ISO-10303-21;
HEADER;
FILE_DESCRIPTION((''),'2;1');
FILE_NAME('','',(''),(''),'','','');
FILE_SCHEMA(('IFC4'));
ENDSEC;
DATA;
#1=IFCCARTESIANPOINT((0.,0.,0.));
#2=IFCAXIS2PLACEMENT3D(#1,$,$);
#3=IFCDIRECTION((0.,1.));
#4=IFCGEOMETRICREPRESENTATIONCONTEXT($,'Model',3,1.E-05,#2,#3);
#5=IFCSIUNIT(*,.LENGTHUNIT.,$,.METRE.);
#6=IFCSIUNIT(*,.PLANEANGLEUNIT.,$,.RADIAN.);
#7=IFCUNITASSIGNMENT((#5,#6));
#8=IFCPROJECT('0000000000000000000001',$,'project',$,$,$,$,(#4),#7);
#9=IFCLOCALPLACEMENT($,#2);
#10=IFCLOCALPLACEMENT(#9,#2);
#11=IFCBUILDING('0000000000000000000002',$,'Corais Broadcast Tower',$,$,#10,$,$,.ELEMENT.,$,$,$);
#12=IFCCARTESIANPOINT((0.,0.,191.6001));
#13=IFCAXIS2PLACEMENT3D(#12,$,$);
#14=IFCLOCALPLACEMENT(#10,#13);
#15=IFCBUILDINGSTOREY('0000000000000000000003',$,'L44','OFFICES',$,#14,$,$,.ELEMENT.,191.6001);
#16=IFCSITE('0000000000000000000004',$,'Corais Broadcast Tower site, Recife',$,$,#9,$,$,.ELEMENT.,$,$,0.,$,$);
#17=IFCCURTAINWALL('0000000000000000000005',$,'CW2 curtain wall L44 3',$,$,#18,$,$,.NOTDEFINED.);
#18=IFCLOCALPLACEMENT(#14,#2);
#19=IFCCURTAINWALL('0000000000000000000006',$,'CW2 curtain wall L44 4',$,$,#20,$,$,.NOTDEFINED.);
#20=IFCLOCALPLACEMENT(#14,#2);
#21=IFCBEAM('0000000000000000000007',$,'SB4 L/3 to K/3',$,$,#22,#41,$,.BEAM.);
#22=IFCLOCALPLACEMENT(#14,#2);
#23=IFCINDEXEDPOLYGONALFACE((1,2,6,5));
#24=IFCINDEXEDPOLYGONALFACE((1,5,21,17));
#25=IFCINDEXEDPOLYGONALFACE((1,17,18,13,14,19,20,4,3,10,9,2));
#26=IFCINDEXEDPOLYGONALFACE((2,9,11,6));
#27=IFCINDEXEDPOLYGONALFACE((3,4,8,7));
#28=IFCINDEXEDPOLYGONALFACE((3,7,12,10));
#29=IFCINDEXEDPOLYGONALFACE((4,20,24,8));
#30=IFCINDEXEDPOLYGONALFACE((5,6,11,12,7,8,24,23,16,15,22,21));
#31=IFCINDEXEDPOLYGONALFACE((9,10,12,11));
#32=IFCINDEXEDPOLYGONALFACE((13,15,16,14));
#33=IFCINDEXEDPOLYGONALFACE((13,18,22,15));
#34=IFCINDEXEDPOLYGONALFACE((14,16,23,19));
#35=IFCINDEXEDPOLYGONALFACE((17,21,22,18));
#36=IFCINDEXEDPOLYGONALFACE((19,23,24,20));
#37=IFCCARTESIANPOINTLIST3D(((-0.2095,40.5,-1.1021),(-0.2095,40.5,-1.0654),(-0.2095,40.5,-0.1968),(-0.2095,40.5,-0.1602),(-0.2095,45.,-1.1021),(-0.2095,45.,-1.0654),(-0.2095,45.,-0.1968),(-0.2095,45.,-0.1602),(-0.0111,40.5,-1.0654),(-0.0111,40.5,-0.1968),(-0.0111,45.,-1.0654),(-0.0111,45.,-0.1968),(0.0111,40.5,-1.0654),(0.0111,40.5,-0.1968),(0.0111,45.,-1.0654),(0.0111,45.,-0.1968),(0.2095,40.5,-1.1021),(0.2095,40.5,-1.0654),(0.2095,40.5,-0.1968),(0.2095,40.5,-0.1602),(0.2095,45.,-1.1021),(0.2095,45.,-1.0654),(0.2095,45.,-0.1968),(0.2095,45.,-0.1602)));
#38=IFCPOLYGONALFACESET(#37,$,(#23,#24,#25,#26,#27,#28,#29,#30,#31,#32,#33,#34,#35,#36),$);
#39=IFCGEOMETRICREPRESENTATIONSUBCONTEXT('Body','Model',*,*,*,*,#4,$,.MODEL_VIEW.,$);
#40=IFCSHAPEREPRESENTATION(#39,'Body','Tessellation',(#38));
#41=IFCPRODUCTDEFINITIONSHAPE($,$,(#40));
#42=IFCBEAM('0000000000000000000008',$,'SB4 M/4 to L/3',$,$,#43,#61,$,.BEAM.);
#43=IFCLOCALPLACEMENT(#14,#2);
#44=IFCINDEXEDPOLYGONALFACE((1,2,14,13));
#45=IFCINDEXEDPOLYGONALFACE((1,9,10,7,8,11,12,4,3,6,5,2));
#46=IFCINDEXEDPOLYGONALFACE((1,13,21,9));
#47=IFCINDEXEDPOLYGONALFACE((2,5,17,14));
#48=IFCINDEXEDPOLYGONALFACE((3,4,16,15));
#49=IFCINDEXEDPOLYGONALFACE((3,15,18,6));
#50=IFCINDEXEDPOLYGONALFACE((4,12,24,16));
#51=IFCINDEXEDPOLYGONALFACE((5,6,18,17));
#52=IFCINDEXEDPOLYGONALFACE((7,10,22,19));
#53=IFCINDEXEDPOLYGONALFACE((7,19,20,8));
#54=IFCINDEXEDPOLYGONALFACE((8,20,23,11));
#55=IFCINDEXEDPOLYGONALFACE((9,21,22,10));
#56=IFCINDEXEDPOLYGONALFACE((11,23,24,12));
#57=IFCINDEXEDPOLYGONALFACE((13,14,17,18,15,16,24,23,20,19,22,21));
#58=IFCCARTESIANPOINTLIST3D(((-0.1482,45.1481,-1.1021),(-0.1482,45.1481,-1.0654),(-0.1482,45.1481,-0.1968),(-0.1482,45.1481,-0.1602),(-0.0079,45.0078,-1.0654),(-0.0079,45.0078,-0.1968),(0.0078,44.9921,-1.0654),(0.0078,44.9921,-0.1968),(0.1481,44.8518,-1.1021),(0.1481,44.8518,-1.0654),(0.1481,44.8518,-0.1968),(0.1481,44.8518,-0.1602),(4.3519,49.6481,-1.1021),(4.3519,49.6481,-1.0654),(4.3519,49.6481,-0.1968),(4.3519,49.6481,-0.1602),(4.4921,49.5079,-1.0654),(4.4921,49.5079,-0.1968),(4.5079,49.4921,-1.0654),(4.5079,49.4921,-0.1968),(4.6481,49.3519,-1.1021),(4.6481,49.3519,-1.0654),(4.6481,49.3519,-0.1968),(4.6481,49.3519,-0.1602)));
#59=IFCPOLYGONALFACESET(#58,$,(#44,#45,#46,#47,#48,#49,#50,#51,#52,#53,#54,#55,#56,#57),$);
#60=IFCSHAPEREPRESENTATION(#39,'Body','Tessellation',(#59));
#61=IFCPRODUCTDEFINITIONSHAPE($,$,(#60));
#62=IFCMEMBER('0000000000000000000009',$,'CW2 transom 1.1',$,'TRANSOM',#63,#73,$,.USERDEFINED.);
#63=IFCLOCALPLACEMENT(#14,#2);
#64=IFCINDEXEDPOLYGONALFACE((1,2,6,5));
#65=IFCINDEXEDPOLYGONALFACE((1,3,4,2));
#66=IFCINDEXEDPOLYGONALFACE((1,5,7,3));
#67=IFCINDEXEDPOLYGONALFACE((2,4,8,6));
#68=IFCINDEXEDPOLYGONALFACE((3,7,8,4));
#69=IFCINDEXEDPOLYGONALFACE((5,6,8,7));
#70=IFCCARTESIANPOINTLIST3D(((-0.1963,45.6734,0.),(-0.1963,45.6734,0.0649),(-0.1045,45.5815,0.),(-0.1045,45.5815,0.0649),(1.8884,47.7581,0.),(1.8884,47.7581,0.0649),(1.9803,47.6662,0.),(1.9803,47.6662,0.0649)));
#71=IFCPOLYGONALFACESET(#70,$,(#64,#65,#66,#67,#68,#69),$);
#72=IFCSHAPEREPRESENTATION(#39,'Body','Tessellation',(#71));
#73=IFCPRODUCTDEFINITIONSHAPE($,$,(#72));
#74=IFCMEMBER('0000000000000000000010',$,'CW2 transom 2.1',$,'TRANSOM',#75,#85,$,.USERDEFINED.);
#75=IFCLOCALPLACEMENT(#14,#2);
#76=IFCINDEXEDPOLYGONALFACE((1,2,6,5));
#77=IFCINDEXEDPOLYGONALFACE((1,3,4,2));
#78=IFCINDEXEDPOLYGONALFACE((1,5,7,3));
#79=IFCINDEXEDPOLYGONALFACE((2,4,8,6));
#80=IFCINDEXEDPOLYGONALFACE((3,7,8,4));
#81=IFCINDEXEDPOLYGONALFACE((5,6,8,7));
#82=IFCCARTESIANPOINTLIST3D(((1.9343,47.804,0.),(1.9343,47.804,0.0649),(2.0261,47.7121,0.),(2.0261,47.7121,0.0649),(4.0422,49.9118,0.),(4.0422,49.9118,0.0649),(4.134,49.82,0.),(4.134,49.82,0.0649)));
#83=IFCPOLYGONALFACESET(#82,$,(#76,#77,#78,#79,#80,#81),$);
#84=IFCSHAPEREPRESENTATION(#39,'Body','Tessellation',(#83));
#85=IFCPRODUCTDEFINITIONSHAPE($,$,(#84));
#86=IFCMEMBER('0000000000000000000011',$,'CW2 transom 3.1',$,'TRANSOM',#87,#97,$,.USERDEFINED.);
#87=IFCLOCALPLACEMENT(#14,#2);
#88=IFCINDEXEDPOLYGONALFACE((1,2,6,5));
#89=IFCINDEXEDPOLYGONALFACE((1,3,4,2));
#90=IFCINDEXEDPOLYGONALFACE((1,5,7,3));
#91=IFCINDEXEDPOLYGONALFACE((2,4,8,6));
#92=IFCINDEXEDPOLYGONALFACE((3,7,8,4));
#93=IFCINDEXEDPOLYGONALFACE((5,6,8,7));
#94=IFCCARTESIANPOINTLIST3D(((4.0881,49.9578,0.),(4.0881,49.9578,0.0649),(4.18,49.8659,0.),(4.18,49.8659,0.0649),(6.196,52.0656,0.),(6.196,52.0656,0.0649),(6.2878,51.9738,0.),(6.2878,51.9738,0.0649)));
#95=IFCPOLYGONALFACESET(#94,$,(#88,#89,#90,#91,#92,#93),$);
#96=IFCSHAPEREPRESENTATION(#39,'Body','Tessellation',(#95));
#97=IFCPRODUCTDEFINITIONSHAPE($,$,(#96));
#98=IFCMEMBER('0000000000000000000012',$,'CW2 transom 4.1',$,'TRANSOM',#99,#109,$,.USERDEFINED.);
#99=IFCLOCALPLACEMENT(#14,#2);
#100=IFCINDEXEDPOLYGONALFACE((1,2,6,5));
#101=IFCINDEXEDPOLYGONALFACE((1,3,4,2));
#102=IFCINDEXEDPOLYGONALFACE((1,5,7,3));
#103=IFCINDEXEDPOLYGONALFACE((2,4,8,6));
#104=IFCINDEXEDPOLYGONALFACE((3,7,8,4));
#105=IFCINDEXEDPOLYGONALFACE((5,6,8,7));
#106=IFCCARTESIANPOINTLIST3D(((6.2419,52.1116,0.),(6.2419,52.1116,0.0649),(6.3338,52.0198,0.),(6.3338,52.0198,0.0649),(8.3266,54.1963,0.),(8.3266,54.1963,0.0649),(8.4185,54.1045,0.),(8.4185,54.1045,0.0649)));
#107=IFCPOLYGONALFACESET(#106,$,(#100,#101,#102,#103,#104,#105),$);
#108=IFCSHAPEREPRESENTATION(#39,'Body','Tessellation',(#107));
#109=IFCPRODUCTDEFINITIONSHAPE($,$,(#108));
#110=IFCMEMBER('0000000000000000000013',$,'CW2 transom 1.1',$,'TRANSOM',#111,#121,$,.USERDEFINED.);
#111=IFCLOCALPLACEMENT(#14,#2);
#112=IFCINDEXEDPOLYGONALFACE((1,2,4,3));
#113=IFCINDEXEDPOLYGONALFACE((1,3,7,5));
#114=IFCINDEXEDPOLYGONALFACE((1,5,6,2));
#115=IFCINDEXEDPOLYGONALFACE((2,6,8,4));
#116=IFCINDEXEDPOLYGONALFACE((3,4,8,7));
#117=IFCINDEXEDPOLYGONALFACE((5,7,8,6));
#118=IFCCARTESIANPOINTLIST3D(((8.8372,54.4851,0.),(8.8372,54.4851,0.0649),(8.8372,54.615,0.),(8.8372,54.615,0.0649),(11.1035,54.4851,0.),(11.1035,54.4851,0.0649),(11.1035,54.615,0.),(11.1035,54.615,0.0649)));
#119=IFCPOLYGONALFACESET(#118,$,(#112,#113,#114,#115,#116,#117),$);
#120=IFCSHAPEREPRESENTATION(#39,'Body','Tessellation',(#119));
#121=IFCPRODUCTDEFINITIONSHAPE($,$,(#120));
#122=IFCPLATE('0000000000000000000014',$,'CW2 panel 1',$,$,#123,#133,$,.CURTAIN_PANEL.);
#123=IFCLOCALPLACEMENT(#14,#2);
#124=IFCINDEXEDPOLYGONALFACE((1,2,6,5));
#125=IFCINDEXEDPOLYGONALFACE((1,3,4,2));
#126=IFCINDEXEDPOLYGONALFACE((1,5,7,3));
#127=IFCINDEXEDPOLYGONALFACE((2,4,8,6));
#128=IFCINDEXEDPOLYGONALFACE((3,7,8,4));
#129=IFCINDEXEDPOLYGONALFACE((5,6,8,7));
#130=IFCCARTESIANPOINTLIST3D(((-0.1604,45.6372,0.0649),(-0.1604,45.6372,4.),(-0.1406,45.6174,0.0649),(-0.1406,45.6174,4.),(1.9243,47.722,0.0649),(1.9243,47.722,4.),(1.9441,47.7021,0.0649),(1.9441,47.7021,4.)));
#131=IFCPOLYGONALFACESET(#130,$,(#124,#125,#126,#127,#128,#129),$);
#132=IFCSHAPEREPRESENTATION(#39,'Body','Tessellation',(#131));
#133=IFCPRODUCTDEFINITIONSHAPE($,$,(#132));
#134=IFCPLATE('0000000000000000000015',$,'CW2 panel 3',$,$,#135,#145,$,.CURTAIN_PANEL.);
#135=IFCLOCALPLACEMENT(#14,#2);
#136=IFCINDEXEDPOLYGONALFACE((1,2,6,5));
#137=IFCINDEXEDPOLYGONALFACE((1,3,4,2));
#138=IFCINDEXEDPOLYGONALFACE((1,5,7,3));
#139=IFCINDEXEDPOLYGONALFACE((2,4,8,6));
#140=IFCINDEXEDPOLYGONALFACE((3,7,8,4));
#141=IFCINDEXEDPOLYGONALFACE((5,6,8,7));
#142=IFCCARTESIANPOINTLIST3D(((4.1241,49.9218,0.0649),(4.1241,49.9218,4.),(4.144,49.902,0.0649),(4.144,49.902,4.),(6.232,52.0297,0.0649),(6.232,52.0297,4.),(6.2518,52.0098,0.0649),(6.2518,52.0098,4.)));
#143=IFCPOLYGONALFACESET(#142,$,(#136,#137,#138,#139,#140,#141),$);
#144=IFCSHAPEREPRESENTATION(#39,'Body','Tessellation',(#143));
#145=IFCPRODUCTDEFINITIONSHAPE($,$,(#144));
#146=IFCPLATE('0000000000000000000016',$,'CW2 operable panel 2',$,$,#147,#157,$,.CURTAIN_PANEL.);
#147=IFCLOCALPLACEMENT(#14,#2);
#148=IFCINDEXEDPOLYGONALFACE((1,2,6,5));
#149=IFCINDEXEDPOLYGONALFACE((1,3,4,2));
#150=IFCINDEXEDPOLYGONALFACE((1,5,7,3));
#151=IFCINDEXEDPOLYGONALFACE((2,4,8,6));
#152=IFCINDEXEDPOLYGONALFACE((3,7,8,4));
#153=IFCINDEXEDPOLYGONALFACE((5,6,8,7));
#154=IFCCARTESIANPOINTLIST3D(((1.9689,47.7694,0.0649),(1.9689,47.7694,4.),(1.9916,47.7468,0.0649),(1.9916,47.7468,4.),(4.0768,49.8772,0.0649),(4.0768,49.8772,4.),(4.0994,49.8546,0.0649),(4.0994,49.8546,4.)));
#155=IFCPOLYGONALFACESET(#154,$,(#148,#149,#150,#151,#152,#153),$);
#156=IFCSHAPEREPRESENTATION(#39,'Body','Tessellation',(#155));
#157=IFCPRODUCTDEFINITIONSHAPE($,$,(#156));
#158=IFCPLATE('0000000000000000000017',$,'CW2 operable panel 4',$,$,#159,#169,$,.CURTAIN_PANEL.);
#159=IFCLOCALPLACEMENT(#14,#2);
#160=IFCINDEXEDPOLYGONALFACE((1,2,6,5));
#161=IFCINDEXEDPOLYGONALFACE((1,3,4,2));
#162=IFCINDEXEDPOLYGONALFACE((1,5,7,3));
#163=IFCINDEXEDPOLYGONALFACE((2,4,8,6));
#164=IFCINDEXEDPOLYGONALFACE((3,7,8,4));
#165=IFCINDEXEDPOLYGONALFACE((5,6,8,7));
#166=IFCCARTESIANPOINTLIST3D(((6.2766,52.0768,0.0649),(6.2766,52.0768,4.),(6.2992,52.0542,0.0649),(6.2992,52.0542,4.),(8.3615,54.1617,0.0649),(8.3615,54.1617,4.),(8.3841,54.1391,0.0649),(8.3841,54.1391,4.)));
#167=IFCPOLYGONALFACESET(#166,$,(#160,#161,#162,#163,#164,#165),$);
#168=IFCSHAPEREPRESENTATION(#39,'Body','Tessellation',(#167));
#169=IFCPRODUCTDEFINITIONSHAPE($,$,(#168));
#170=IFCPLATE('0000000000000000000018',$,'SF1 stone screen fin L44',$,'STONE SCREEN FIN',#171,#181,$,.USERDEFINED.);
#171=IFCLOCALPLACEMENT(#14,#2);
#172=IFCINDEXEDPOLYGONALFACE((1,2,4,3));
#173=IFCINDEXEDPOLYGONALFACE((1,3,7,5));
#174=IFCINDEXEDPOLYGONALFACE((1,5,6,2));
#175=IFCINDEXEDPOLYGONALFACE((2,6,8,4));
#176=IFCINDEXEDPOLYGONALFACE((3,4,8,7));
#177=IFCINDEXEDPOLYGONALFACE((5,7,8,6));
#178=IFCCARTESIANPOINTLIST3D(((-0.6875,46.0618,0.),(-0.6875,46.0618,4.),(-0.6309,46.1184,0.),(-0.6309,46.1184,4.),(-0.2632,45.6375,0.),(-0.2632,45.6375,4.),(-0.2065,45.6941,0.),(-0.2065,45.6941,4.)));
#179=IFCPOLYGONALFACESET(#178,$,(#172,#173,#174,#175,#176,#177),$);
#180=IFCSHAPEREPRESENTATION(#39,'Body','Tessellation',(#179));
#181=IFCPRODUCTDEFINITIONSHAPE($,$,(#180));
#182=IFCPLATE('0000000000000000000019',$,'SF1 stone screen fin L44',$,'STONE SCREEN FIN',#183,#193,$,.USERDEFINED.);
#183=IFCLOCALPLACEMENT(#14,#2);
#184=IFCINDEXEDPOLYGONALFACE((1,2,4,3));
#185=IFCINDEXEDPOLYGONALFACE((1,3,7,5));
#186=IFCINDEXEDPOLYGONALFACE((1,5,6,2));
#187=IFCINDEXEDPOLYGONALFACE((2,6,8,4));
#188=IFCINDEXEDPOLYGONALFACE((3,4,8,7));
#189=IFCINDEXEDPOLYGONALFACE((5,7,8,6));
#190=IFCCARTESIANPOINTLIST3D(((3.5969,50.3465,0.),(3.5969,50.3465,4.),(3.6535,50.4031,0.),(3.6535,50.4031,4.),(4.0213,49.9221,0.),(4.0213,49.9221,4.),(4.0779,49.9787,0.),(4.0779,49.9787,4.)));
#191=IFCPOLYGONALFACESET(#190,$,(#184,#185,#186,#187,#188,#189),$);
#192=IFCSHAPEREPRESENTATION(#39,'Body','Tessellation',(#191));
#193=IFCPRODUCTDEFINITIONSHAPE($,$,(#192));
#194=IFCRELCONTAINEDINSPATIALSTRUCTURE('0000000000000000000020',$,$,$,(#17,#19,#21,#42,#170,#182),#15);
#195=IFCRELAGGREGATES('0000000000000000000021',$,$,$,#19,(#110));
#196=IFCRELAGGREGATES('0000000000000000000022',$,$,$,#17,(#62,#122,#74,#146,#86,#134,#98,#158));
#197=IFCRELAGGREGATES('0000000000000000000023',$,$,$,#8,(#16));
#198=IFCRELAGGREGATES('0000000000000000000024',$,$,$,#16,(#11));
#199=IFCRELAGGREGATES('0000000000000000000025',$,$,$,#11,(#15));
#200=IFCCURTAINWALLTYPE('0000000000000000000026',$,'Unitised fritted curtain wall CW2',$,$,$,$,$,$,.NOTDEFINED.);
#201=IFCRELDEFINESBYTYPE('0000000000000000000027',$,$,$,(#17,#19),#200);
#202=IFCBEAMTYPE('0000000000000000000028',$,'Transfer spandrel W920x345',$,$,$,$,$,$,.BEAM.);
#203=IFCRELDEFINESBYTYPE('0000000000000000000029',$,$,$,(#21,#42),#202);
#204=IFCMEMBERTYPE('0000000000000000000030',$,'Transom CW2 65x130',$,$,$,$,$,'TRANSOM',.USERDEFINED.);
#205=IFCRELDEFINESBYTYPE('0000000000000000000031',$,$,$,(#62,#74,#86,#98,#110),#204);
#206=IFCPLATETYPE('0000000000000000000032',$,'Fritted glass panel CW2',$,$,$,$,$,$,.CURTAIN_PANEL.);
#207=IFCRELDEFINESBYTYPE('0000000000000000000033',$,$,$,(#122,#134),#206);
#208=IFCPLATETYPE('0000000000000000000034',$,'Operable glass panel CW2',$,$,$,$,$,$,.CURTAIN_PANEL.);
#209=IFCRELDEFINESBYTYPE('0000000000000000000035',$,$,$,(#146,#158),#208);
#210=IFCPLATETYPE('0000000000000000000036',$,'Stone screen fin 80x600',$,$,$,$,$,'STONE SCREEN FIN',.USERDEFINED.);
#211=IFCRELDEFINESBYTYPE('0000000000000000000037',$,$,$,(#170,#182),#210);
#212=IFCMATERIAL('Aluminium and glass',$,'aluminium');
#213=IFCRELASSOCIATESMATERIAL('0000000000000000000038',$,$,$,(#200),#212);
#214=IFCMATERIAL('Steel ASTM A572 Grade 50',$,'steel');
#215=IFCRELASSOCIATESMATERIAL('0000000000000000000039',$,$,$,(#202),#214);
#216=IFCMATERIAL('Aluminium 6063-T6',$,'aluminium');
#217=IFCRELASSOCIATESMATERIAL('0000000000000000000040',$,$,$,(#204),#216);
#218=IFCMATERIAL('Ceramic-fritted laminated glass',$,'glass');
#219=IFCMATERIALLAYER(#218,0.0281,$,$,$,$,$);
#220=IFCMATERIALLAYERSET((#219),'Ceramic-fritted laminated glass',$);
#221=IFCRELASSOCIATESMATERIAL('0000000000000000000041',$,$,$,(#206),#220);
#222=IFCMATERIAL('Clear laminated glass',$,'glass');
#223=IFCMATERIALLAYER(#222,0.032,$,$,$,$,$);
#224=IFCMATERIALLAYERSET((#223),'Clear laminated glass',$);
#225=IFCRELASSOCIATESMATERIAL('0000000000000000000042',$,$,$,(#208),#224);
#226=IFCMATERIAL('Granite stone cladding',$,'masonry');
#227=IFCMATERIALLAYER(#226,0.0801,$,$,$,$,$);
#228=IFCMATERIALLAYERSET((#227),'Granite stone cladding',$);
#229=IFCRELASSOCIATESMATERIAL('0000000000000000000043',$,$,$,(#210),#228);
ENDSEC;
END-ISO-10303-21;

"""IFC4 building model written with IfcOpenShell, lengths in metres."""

from ifc_helpers import new_model, si_unit, direction, frame, origin, origin_2d, place, context, subcontext, project, spatial, rectangle, i_section, extrude, material, layer, layer_set, material_profile, profile_set, type_object, element, aggregate, save


model = new_model("IFC4")

# Units and contexts
model_context = context("Model", 3, precision=1e-05, world=origin(), true_north=direction((0.0, 1.0)))
body_context = subcontext(model_context, "Body", "Model", "MODEL_VIEW")
ifc_project = project(units=[si_unit("LENGTHUNIT", "METRE"), si_unit("PLANEANGLEUNIT", "RADIAN")], contexts=[model_context])

# Site, building, storey
site_placement = place(None, origin())
site = spatial("IfcSite", under=ifc_project, at=site_placement, Name="Corais Broadcast Tower site, Recife", CompositionType="ELEMENT", RefElevation=0.0)
building_placement = place(site_placement, origin())
building = spatial("IfcBuilding", under=site, at=building_placement, Name="Corais Broadcast Tower", CompositionType="ELEMENT")
storey_placement = place(building_placement, frame((0.0, 0.0, 191.6001)))
storey = spatial("IfcBuildingStorey", under=building, at=storey_placement, Name="L44", Description="OFFICES", CompositionType="ELEMENT", Elevation=191.6001)

# Shared definitions
ifc_material_1 = material(Name="Aluminium and glass", Category="aluminium")
curtain_wall_type = type_object("IfcCurtainWallType", Name="Unitised fritted curtain wall CW2", PredefinedType="NOTDEFINED", material=ifc_material_1)

# Curtain wall
curtain_wall_1_placement = place(storey_placement, origin())
curtain_wall_1 = element("IfcCurtainWall", 1, at=curtain_wall_1_placement, inside=storey, type_object=curtain_wall_type, Name="CW2 curtain wall L44 3", PredefinedType="NOTDEFINED")

# Curtain wall
curtain_wall_2_placement = place(storey_placement, origin())
curtain_wall_2 = element("IfcCurtainWall", 2, at=curtain_wall_2_placement, inside=storey, type_object=curtain_wall_type, Name="CW2 curtain wall L44 4", PredefinedType="NOTDEFINED")

# Beams
ifc_material_2 = material(Name="Steel ASTM A572 Grade 50", Category="steel")
ifc_material_profile_1 = material_profile(ifc_material_2, i_section(OverallWidth=0.4189, OverallDepth=0.9419, WebThickness=0.0222, FlangeThickness=0.0366, at=origin_2d()), Name="W920x345")
ifc_profile_set_1 = profile_set([ifc_material_profile_1], Name="Steel ASTM A572 Grade 50")
beam_type_1 = type_object("IfcBeamType", Name="Transfer spandrel W920x345", PredefinedType="BEAM", material=ifc_profile_set_1)
beam_1_placement = place(storey_placement, frame((0.0, 45.0, -0.6311), z_axis=(0.0, -1.0, 0.0), x_axis=(1.0, 0.0, 0.0)))
element("IfcBeam", 3, at=beam_1_placement, inside=storey, type_object=beam_type_1, Name="SB4 L/3 to K/3", PredefinedType="BEAM", context=body_context, shape_type="SweptSolid", body=[
    extrude(i_section(OverallWidth=0.4189, OverallDepth=0.9419, WebThickness=0.0222, FlangeThickness=0.0366, at=origin_2d()), origin(), (0.0, 0.0, 1.0), 4.5),
])
beam_2_placement = place(storey_placement, frame((4.5, 49.5, -0.6311), z_axis=(-0.707107, -0.707107, 0.0), x_axis=(0.707107, -0.707107, 0.0)))
element("IfcBeam", 4, at=beam_2_placement, inside=storey, type_object=beam_type_1, Name="SB4 M/4 to L/3", PredefinedType="BEAM", context=body_context, shape_type="SweptSolid", body=[
    extrude(i_section(OverallWidth=0.4189, OverallDepth=0.9419, WebThickness=0.0222, FlangeThickness=0.0366, at=origin_2d()), origin(), (0.0, 0.0, 1.0), 6.364),
])

# Members
ifc_material_3 = material(Name="Aluminium 6063-T6", Category="aluminium")
ifc_material_profile_2 = material_profile(ifc_material_3, rectangle(XDim=0.1299, YDim=0.0649, at=origin_2d()), Name="Transom CW2 65x130")
ifc_profile_set_2 = profile_set([ifc_material_profile_2], Name="Aluminium 6063-T6")
member_type_1 = type_object("IfcMemberType", Name="Transom CW2 65x130", ElementType="TRANSOM", PredefinedType="USERDEFINED", material=ifc_profile_set_2)
member_1_placement = place(storey_placement, frame((-0.1504, 45.6274, 0.0325), z_axis=(0.707107, 0.707107, 0.0), x_axis=(-0.707107, 0.707107, 0.0)))
member_1 = element("IfcMember", 5, at=member_1_placement, type_object=member_type_1, Name="CW2 transom 1.1", ObjectType="TRANSOM", PredefinedType="USERDEFINED", context=body_context, shape_type="SweptSolid", body=[
    extrude(rectangle(XDim=0.1299, YDim=0.0649, at=origin_2d()), origin(), (0.0, 0.0, 1.0), 2.9482),
])
member_2_placement = place(storey_placement, frame((1.9802, 47.7581, 0.0325), z_axis=(0.707107, 0.707107, 0.0), x_axis=(-0.707107, 0.707107, 0.0)))
member_2 = element("IfcMember", 6, at=member_2_placement, type_object=member_type_1, Name="CW2 transom 2.1", ObjectType="TRANSOM", PredefinedType="USERDEFINED", context=body_context, shape_type="SweptSolid", body=[
    extrude(rectangle(XDim=0.1299, YDim=0.0649, at=origin_2d()), origin(), (0.0, 0.0, 1.0), 2.981),
])
member_3_placement = place(storey_placement, frame((4.134, 49.9119, 0.0325), z_axis=(0.707107, 0.707107, 0.0), x_axis=(-0.707107, 0.707107, 0.0)))
member_3 = element("IfcMember", 7, at=member_3_placement, type_object=member_type_1, Name="CW2 transom 3.1", ObjectType="TRANSOM", PredefinedType="USERDEFINED", context=body_context, shape_type="SweptSolid", body=[
    extrude(rectangle(XDim=0.1299, YDim=0.0649, at=origin_2d()), origin(), (0.0, 0.0, 1.0), 2.981),
])
member_4_placement = place(storey_placement, frame((6.2878, 52.0657, 0.0325), z_axis=(0.707107, 0.707107, 0.0), x_axis=(-0.707107, 0.707107, 0.0)))
member_4 = element("IfcMember", 8, at=member_4_placement, type_object=member_type_1, Name="CW2 transom 4.1", ObjectType="TRANSOM", PredefinedType="USERDEFINED", context=body_context, shape_type="SweptSolid", body=[
    extrude(rectangle(XDim=0.1299, YDim=0.0649, at=origin_2d()), origin(), (0.0, 0.0, 1.0), 2.9482),
])
member_5_placement = place(storey_placement, frame((8.8372, 54.55, 0.0325), z_axis=(1.0, 0.0, 0.0), x_axis=(0.0, 1.0, 0.0)))
member_5 = element("IfcMember", 9, at=member_5_placement, type_object=member_type_1, Name="CW2 transom 1.1", ObjectType="TRANSOM", PredefinedType="USERDEFINED", context=body_context, shape_type="SweptSolid", body=[
    extrude(rectangle(XDim=0.1299, YDim=0.0649, at=origin_2d()), origin(), (0.0, 0.0, 1.0), 2.2664),
])
aggregate(curtain_wall_2, [member_5])

# Plates
ifc_material_4 = material(Name="Ceramic-fritted laminated glass", Category="glass")
ifc_layer_1 = layer(ifc_material_4, 0.0281)
ifc_layer_set_1 = layer_set([ifc_layer_1], Name="Ceramic-fritted laminated glass")
plate_type_1 = type_object("IfcPlateType", Name="Fritted glass panel CW2", PredefinedType="CURTAIN_PANEL", material=ifc_layer_set_1)
plate_1_placement = place(storey_placement, frame((0.8918, 46.6697, 0.0649), z_axis=(0.0, 0.0, 1.0), x_axis=(0.707107, 0.707107, 0.0)))
plate_1 = element("IfcPlate", 10, at=plate_1_placement, type_object=plate_type_1, Name="CW2 panel 1", PredefinedType="CURTAIN_PANEL", context=body_context, shape_type="SweptSolid", body=[
    extrude(rectangle(XDim=2.9482, YDim=0.0281, at=origin_2d()), origin(), (0.0, 0.0, 1.0), 3.9351),
])
plate_2_placement = place(storey_placement, frame((5.188, 50.9658, 0.0649), z_axis=(0.0, 0.0, 1.0), x_axis=(0.707107, 0.707107, 0.0)))
plate_2 = element("IfcPlate", 11, at=plate_2_placement, type_object=plate_type_1, Name="CW2 panel 3", PredefinedType="CURTAIN_PANEL", context=body_context, shape_type="SweptSolid", body=[
    extrude(rectangle(XDim=2.981, YDim=0.0281, at=origin_2d()), origin(), (0.0, 0.0, 1.0), 3.9351),
])
ifc_material_5 = material(Name="Clear laminated glass", Category="glass")
ifc_layer_2 = layer(ifc_material_5, 0.032)
ifc_layer_set_2 = layer_set([ifc_layer_2], Name="Clear laminated glass")
plate_type_2 = type_object("IfcPlateType", Name="Operable glass panel CW2", PredefinedType="CURTAIN_PANEL", material=ifc_layer_set_2)
plate_3_placement = place(storey_placement, frame((3.0342, 48.812, 0.0649), z_axis=(0.0, 0.0, 1.0), x_axis=(0.707107, 0.707107, 0.0)))
plate_3 = element("IfcPlate", 12, at=plate_3_placement, type_object=plate_type_2, Name="CW2 operable panel 2", PredefinedType="CURTAIN_PANEL", context=body_context, shape_type="SweptSolid", body=[
    extrude(rectangle(XDim=2.981, YDim=0.032, at=origin_2d()), origin(), (0.0, 0.0, 1.0), 3.9351),
])
plate_4_placement = place(storey_placement, frame((7.3303, 53.1079, 0.0649), z_axis=(0.0, 0.0, 1.0), x_axis=(0.707107, 0.707107, 0.0)))
plate_4 = element("IfcPlate", 13, at=plate_4_placement, type_object=plate_type_2, Name="CW2 operable panel 4", PredefinedType="CURTAIN_PANEL", context=body_context, shape_type="SweptSolid", body=[
    extrude(rectangle(XDim=2.9485, YDim=0.032, at=origin_2d()), origin(), (0.0, 0.0, 1.0), 3.9351),
])
aggregate(curtain_wall_1, [member_1, plate_1, member_2, plate_3, member_3, plate_2, member_4, plate_4])

# Plates
ifc_material_6 = material(Name="Granite stone cladding", Category="masonry")
ifc_layer_3 = layer(ifc_material_6, 0.0801)
ifc_layer_set_3 = layer_set([ifc_layer_3], Name="Granite stone cladding")
plate_type_3 = type_object("IfcPlateType", Name="Stone screen fin 80x600", ElementType="STONE SCREEN FIN", PredefinedType="USERDEFINED", material=ifc_layer_set_3)
for number, where, z_axis, x_axis, name in (
    (14, (-0.447, 45.8779, 0.0), (0.0, 0.0, 1.0), (0.707107, 0.707107, 0.0), "SF1 stone screen fin L44"),
    (15, (3.8374, 50.1626, 0.0), (0.0, 0.0, 1.0), (0.707107, 0.707107, 0.0), "SF1 stone screen fin L44"),
):
    element("IfcPlate", number, at=place(storey_placement, frame(where, z_axis=z_axis, x_axis=x_axis)), inside=storey, type_object=plate_type_3, Name=name, ObjectType="STONE SCREEN FIN", PredefinedType="USERDEFINED", context=body_context, shape_type="SweptSolid", body=[
        extrude(rectangle(XDim=0.0801, YDim=0.6001, at=origin_2d()), origin(), (0.0, 0.0, 1.0), 4.0),
    ])

save(model, "model.ifc")
